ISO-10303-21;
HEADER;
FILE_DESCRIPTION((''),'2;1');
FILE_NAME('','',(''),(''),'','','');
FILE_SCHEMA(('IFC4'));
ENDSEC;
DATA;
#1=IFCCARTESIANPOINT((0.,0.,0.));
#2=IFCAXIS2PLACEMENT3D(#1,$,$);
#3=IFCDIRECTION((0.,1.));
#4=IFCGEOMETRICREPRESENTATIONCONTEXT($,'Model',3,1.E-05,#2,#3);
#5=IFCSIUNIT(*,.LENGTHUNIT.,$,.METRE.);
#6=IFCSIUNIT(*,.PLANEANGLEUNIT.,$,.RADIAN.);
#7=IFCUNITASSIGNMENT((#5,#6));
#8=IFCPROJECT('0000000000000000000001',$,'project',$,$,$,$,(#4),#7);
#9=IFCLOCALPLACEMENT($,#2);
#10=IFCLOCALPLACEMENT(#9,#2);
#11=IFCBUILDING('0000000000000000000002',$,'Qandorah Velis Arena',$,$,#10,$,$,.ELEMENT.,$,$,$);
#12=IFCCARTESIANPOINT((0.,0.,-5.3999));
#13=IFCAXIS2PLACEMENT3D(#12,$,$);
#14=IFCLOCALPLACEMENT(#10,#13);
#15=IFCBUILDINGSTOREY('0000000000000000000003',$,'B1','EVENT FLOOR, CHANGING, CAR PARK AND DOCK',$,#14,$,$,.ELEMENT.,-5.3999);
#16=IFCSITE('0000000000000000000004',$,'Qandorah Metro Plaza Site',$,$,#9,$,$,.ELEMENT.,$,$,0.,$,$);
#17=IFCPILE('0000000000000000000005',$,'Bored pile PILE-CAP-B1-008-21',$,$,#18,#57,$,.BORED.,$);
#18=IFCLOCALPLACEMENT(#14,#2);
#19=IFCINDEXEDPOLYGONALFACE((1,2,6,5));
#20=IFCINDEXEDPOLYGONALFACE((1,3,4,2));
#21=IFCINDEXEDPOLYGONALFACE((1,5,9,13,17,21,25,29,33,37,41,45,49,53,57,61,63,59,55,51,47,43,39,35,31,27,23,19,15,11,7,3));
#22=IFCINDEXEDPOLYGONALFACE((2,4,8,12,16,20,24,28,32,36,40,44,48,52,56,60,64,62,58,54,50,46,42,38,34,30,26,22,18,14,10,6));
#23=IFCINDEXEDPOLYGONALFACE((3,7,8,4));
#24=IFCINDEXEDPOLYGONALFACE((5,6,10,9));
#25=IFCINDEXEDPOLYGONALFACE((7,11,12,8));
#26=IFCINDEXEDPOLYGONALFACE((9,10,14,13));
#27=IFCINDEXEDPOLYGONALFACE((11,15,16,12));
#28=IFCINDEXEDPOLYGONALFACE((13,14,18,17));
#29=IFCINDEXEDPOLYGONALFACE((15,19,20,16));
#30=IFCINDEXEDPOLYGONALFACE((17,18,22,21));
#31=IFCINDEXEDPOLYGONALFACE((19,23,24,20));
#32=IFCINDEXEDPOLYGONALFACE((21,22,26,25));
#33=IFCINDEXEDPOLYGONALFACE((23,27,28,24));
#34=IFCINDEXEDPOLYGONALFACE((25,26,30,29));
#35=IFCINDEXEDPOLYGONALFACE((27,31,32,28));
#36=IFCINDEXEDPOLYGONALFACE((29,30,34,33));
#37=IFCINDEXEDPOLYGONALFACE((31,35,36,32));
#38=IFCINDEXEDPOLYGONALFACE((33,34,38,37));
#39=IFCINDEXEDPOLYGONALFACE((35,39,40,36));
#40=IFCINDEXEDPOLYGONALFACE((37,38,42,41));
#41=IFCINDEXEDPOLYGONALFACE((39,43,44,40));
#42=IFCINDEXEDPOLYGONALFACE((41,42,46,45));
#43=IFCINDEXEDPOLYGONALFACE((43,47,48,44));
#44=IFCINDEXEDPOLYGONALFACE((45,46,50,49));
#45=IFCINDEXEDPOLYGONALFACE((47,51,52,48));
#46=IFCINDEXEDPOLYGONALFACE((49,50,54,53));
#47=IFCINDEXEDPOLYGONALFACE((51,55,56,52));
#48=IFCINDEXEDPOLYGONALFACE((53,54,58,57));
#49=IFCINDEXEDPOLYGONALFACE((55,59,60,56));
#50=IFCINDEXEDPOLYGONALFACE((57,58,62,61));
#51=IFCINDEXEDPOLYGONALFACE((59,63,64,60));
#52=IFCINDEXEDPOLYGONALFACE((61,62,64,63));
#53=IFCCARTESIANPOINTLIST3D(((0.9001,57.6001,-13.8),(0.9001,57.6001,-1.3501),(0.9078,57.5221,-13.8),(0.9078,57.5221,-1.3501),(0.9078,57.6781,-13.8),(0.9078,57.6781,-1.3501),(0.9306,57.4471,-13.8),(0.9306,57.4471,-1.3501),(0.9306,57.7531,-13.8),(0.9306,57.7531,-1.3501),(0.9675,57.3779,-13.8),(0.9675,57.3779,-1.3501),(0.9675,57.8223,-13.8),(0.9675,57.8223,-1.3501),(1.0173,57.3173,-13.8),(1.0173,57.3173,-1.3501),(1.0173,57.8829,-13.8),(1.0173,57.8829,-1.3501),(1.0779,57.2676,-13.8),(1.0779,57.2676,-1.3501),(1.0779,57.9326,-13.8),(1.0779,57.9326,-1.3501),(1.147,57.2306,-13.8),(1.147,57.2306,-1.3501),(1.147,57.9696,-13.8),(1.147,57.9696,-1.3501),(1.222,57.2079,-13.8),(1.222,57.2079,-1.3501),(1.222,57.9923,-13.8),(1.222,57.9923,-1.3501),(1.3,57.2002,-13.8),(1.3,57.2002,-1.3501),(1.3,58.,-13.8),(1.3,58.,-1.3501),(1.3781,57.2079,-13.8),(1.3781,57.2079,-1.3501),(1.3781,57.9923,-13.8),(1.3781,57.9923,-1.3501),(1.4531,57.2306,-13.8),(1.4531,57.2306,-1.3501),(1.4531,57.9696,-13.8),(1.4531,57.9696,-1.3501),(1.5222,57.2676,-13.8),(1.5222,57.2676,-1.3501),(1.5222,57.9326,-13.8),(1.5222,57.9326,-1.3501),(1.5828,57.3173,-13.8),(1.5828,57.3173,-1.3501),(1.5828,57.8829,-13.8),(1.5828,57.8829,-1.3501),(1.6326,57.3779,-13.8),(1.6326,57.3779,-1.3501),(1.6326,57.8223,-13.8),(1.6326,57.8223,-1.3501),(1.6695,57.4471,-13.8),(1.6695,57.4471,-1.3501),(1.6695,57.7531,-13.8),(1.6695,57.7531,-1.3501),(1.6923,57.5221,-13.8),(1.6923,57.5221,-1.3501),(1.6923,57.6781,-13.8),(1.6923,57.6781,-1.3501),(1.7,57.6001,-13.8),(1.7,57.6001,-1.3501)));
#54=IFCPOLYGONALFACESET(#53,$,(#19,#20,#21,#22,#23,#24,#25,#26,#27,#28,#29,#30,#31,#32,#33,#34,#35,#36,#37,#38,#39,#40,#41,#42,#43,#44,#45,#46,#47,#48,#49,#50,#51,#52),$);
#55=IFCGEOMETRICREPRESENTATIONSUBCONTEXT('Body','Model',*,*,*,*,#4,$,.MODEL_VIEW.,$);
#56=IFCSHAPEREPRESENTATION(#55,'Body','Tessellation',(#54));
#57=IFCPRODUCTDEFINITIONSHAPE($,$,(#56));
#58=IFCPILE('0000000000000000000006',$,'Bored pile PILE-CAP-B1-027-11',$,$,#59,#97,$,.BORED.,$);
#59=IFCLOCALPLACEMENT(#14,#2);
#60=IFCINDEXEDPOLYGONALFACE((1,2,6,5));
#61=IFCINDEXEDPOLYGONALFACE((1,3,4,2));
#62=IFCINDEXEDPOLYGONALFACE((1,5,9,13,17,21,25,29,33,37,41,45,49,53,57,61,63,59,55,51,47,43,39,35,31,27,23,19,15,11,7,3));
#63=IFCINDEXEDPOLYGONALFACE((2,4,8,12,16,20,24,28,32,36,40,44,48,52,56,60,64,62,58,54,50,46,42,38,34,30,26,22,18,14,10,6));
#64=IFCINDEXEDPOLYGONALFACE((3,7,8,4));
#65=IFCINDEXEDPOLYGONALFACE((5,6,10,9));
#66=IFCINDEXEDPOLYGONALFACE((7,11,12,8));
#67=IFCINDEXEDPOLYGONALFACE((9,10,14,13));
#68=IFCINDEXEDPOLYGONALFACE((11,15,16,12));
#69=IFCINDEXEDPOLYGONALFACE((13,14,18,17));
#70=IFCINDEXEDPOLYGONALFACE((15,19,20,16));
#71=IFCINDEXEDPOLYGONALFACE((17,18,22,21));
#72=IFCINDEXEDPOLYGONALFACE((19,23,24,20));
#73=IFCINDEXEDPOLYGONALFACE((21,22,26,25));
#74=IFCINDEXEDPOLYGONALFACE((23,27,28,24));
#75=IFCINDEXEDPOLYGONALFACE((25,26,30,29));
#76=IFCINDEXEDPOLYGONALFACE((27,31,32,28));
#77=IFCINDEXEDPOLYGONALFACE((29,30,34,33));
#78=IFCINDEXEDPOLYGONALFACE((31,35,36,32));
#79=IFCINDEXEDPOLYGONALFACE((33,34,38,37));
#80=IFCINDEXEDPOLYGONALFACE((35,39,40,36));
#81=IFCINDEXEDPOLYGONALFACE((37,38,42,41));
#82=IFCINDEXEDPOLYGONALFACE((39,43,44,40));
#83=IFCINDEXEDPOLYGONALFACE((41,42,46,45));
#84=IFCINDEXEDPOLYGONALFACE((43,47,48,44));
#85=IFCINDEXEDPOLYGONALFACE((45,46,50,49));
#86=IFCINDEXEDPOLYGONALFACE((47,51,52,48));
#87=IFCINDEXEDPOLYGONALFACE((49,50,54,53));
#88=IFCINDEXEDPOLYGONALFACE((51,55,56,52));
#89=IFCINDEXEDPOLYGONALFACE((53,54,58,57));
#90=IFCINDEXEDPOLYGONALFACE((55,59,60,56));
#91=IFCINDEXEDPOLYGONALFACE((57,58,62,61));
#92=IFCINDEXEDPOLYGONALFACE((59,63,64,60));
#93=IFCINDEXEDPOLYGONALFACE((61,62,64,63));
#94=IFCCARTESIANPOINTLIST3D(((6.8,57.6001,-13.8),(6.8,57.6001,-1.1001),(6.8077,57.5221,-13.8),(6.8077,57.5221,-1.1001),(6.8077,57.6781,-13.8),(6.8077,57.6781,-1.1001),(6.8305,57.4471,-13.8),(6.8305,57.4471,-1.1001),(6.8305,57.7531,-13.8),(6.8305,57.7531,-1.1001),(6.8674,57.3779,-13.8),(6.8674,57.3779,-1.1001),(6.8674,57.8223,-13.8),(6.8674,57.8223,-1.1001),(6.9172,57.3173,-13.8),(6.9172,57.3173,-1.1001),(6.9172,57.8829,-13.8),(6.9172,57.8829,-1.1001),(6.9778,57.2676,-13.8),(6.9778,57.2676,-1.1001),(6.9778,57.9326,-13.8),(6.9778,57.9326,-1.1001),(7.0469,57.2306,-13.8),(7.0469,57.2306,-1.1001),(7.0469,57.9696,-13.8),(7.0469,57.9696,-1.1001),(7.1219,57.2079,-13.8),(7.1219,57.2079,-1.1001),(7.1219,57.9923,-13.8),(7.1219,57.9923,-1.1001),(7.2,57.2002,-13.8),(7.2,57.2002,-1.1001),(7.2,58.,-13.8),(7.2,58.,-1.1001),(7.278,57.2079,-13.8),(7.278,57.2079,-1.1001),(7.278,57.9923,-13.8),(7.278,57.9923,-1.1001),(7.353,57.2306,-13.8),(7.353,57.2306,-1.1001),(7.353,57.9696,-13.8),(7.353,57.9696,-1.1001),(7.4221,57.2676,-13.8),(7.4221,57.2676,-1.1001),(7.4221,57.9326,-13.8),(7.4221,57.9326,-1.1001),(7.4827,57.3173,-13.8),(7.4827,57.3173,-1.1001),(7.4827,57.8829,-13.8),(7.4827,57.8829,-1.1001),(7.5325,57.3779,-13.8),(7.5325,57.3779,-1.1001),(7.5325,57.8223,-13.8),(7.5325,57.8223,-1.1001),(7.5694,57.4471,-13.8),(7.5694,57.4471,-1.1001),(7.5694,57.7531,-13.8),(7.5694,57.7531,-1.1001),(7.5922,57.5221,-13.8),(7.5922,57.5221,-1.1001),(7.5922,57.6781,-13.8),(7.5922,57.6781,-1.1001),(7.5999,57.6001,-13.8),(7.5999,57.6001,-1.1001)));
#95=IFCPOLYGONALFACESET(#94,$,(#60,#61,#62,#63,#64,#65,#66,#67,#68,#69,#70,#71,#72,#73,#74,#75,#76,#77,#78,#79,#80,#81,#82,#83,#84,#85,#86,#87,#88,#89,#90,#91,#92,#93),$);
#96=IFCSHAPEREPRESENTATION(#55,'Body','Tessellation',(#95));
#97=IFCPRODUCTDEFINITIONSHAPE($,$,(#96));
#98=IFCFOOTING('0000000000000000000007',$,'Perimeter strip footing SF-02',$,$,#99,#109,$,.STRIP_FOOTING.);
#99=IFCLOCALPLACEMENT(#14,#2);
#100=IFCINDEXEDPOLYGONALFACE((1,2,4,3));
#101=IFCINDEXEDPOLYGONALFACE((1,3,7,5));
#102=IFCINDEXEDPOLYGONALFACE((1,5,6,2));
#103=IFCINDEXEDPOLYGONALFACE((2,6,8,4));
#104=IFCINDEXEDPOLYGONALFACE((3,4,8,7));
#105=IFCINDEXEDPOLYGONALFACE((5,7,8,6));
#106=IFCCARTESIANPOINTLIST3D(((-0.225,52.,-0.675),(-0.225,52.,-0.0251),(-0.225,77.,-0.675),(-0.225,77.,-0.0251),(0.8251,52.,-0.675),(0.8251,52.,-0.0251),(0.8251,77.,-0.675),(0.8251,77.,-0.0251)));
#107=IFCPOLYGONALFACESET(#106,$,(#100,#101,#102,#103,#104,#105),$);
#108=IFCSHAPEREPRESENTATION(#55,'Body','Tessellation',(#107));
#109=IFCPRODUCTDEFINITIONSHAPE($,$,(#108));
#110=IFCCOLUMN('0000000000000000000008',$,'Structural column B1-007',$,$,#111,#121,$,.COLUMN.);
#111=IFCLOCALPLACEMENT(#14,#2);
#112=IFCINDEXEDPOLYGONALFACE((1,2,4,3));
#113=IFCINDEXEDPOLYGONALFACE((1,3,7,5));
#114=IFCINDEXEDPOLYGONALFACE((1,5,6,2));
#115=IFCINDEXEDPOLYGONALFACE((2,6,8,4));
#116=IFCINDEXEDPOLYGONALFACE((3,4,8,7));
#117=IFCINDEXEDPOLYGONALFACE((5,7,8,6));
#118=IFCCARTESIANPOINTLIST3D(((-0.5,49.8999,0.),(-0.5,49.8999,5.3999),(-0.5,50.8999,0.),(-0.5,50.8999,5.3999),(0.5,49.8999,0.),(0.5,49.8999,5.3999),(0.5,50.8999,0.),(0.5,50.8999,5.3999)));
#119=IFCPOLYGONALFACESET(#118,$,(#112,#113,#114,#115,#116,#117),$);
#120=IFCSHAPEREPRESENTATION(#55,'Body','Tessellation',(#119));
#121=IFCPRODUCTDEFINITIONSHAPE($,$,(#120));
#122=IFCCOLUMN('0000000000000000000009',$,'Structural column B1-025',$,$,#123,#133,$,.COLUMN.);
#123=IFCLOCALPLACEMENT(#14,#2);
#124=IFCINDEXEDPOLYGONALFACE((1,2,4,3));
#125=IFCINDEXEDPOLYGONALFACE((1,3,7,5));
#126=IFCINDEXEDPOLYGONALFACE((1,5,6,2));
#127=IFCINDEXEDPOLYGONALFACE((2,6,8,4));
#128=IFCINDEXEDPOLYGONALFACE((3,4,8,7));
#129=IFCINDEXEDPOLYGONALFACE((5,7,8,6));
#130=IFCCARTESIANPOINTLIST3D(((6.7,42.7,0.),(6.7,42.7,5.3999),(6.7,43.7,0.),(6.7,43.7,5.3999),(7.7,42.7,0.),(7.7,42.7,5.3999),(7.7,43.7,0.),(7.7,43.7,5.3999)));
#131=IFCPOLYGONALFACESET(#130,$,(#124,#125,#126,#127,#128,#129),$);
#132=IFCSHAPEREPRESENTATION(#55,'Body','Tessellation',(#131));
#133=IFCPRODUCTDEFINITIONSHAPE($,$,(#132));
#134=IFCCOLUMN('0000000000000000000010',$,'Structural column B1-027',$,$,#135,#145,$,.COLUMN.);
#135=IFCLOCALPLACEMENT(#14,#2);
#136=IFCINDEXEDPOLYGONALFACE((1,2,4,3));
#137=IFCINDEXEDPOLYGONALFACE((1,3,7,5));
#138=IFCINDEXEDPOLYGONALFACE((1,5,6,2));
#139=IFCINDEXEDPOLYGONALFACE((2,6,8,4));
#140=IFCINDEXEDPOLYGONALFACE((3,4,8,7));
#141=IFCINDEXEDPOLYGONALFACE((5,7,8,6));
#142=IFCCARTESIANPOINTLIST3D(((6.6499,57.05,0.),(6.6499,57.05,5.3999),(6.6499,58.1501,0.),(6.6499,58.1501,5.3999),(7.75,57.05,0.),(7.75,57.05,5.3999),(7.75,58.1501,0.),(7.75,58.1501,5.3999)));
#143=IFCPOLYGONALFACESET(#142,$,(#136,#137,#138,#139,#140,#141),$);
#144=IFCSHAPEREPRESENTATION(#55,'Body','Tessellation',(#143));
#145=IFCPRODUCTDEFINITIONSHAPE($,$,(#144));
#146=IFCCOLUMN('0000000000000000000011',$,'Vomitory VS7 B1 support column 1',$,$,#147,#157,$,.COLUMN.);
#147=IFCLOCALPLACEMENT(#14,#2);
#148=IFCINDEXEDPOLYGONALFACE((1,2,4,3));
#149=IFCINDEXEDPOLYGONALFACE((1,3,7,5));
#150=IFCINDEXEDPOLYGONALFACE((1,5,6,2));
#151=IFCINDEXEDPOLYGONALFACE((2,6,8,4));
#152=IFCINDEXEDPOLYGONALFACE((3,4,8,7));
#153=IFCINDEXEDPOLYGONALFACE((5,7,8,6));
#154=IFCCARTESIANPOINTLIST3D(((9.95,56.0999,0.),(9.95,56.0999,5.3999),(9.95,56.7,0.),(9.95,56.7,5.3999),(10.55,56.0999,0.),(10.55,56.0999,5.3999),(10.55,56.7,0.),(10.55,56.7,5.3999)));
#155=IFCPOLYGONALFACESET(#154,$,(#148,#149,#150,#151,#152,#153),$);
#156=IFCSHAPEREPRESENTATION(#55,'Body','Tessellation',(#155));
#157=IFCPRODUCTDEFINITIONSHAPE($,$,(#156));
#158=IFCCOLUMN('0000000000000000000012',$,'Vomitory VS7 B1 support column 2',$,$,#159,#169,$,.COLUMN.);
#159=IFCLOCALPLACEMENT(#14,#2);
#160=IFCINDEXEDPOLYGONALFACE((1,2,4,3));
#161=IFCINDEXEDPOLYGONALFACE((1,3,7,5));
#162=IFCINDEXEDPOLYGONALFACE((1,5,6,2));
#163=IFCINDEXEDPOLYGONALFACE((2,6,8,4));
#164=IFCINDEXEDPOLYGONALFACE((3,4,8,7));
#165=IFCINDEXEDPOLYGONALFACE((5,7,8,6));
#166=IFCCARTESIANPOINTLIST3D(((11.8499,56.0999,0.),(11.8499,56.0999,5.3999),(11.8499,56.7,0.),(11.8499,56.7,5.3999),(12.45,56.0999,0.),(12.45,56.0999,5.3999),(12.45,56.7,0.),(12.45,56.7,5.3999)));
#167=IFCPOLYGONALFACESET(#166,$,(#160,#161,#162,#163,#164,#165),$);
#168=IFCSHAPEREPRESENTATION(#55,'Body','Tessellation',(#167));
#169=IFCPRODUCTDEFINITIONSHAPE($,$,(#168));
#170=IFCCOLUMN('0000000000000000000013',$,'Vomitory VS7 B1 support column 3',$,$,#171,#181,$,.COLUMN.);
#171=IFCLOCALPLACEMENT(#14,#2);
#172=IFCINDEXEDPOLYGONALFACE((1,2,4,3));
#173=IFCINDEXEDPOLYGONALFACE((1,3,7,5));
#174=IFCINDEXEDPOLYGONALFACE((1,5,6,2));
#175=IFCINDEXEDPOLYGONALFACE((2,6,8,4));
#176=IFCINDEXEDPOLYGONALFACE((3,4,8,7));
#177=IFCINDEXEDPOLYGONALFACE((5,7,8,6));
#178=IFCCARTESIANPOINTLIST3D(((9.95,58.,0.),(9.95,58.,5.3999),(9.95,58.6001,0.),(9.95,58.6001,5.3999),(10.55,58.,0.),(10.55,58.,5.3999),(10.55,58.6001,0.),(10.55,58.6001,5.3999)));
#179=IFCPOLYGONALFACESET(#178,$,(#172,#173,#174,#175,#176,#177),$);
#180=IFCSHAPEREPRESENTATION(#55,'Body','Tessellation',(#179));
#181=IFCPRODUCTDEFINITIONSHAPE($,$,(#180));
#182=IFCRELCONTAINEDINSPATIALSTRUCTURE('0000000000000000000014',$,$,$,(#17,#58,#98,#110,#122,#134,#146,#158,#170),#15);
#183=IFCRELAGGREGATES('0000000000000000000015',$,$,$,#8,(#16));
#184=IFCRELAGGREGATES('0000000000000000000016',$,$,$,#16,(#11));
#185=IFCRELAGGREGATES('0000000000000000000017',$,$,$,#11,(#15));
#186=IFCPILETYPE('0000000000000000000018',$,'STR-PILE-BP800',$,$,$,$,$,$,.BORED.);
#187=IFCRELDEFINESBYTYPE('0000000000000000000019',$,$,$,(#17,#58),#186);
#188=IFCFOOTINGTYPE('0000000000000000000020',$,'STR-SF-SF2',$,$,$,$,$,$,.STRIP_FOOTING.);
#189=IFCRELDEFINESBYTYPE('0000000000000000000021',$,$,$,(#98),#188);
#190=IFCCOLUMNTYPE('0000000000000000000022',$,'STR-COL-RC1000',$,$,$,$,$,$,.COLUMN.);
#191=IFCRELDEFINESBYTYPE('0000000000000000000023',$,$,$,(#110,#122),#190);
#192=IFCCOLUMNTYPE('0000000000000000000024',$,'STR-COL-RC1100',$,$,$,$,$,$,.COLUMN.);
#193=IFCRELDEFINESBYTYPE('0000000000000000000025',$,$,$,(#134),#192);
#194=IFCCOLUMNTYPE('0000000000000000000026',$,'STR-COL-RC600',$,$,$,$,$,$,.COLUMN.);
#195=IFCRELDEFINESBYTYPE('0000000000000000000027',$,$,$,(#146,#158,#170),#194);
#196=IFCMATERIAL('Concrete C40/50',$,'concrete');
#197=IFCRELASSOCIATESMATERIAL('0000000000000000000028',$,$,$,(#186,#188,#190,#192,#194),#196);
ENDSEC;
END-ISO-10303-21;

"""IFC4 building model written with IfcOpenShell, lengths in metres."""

from ifc_helpers import new_model, si_unit, direction, frame, origin, origin_2d, place, context, subcontext, project, spatial, rectangle, circle, extrude, material, material_profile, profile_set, type_object, element, save


model = new_model("IFC4")

# Units and contexts
model_context = context("Model", 3, precision=1e-05, world=origin(), true_north=direction((0.0, 1.0)))
body_context = subcontext(model_context, "Body", "Model", "MODEL_VIEW")
ifc_project = project(units=[si_unit("LENGTHUNIT", "METRE"), si_unit("PLANEANGLEUNIT", "RADIAN")], contexts=[model_context])

# Site, building, storey
site_placement = place(None, origin())
site = spatial("IfcSite", under=ifc_project, at=site_placement, Name="Qandorah Metro Plaza Site", CompositionType="ELEMENT", RefElevation=0.0)
building_placement = place(site_placement, origin())
building = spatial("IfcBuilding", under=site, at=building_placement, Name="Qandorah Velis Arena", CompositionType="ELEMENT")
storey_placement = place(building_placement, frame((0.0, 0.0, -5.3999)))
storey = spatial("IfcBuildingStorey", under=building, at=storey_placement, Name="B1", Description="EVENT FLOOR, CHANGING, CAR PARK AND DOCK", CompositionType="ELEMENT", Elevation=-5.3999)

# Shared definitions
ifc_material_1 = material(Name="Concrete C40/50", Category="concrete")

# Piles
ifc_material_profile_1 = material_profile(ifc_material_1, circle(Radius=0.3999, at=origin_2d()), Name="BORED PILE D800")
ifc_profile_set_1 = profile_set([ifc_material_profile_1], Name="Concrete C40/50")
pile_type_1 = type_object("IfcPileType", Name="STR-PILE-BP800", PredefinedType="BORED", material=ifc_profile_set_1)
for number, where, z_axis, x_axis, name in (
    (1, (1.3, 57.6001, -1.3501), (0.0, 0.0, -1.0), (1.0, 0.0, 0.0), "Bored pile PILE-CAP-B1-008-21"),
):
    element("IfcPile", number, at=place(storey_placement, frame(where, z_axis=z_axis, x_axis=x_axis)), inside=storey, type_object=pile_type_1, Name=name, PredefinedType="BORED", context=body_context, shape_type="SweptSolid", body=[
        extrude(circle(Radius=0.3999, at=origin_2d()), origin(), (0.0, 0.0, 1.0), 12.45),
    ])
pile_1_placement = place(storey_placement, frame((7.2, 57.6001, -1.1001), z_axis=(0.0, 0.0, -1.0), x_axis=(1.0, 0.0, 0.0)))
element("IfcPile", 2, at=pile_1_placement, inside=storey, type_object=pile_type_1, Name="Bored pile PILE-CAP-B1-027-11", PredefinedType="BORED", context=body_context, shape_type="SweptSolid", body=[
    extrude(circle(Radius=0.3999, at=origin_2d()), origin(), (0.0, 0.0, 1.0), 12.7),
])

# Footing
ifc_material_profile_2 = material_profile(ifc_material_1, rectangle(XDim=1.05, YDim=0.6499, at=origin_2d()), Name="SF2 1050x650")
ifc_profile_set_2 = profile_set([ifc_material_profile_2], Name="Concrete C40/50")
footing_type_1 = type_object("IfcFootingType", Name="STR-SF-SF2", PredefinedType="STRIP_FOOTING", material=ifc_profile_set_2)
footing_1_placement = place(storey_placement, frame((0.3, 52.0, -0.3501), z_axis=(0.0, 1.0, 0.0), x_axis=(-1.0, 0.0, 0.0)))
element("IfcFooting", 3, at=footing_1_placement, inside=storey, type_object=footing_type_1, Name="Perimeter strip footing SF-02", PredefinedType="STRIP_FOOTING", context=body_context, shape_type="SweptSolid", body=[
    extrude(rectangle(XDim=1.05, YDim=0.6499, at=origin_2d()), origin(), (0.0, 0.0, 1.0), 25.0),
])

# Columns
ifc_material_profile_3 = material_profile(ifc_material_1, rectangle(XDim=1.0, YDim=1.0, at=origin_2d()), Name="RC COL 1000x1000")
ifc_profile_set_3 = profile_set([ifc_material_profile_3], Name="Concrete C40/50")
column_type_1 = type_object("IfcColumnType", Name="STR-COL-RC1000", PredefinedType="COLUMN", material=ifc_profile_set_3)
for number, where, z_axis, x_axis, name in (
    (4, (0.0, 50.3999, 0.0), (0.0, 0.0, 1.0), (1.0, 0.0, 0.0), "Structural column B1-007"),
    (5, (7.2, 43.2, 0.0), (0.0, 0.0, 1.0), (1.0, 0.0, 0.0), "Structural column B1-025"),
):
    element("IfcColumn", number, at=place(storey_placement, frame(where, z_axis=z_axis, x_axis=x_axis)), inside=storey, type_object=column_type_1, Name=name, PredefinedType="COLUMN", context=body_context, shape_type="SweptSolid", body=[
        extrude(rectangle(XDim=1.0, YDim=1.0, at=origin_2d()), origin(), (0.0, 0.0, 1.0), 5.3999),
    ])
ifc_material_profile_4 = material_profile(ifc_material_1, rectangle(XDim=1.1001, YDim=1.1001, at=origin_2d()), Name="RC COL 1100x1100")
ifc_profile_set_4 = profile_set([ifc_material_profile_4], Name="Concrete C40/50")
column_type_2 = type_object("IfcColumnType", Name="STR-COL-RC1100", PredefinedType="COLUMN", material=ifc_profile_set_4)
column_1_placement = place(storey_placement, frame((7.2, 57.6001, 0.0), z_axis=(0.0, 0.0, 1.0), x_axis=(1.0, 0.0, 0.0)))
element("IfcColumn", 6, at=column_1_placement, inside=storey, type_object=column_type_2, Name="Structural column B1-027", PredefinedType="COLUMN", context=body_context, shape_type="SweptSolid", body=[
    extrude(rectangle(XDim=1.1001, YDim=1.1001, at=origin_2d()), origin(), (0.0, 0.0, 1.0), 5.3999),
])
ifc_material_profile_5 = material_profile(ifc_material_1, rectangle(XDim=0.6001, YDim=0.6001, at=origin_2d()), Name="RC COL 600x600")
ifc_profile_set_5 = profile_set([ifc_material_profile_5], Name="Concrete C40/50")
column_type_3 = type_object("IfcColumnType", Name="STR-COL-RC600", PredefinedType="COLUMN", material=ifc_profile_set_5)
for number, where, z_axis, x_axis, name in (
    (7, (10.25, 56.3999, 0.0), (0.0, 0.0, 1.0), (1.0, 0.0, 0.0), "Vomitory VS7 B1 support column 1"),
    (8, (12.1499, 56.3999, 0.0), (0.0, 0.0, 1.0), (1.0, 0.0, 0.0), "Vomitory VS7 B1 support column 2"),
    (9, (10.25, 58.3, 0.0), (0.0, 0.0, 1.0), (1.0, 0.0, 0.0), "Vomitory VS7 B1 support column 3"),
):
    element("IfcColumn", number, at=place(storey_placement, frame(where, z_axis=z_axis, x_axis=x_axis)), inside=storey, type_object=column_type_3, Name=name, PredefinedType="COLUMN", context=body_context, shape_type="SweptSolid", body=[
        extrude(rectangle(XDim=0.6001, YDim=0.6001, at=origin_2d()), origin(), (0.0, 0.0, 1.0), 5.3999),
    ])

save(model, "model.ifc")
